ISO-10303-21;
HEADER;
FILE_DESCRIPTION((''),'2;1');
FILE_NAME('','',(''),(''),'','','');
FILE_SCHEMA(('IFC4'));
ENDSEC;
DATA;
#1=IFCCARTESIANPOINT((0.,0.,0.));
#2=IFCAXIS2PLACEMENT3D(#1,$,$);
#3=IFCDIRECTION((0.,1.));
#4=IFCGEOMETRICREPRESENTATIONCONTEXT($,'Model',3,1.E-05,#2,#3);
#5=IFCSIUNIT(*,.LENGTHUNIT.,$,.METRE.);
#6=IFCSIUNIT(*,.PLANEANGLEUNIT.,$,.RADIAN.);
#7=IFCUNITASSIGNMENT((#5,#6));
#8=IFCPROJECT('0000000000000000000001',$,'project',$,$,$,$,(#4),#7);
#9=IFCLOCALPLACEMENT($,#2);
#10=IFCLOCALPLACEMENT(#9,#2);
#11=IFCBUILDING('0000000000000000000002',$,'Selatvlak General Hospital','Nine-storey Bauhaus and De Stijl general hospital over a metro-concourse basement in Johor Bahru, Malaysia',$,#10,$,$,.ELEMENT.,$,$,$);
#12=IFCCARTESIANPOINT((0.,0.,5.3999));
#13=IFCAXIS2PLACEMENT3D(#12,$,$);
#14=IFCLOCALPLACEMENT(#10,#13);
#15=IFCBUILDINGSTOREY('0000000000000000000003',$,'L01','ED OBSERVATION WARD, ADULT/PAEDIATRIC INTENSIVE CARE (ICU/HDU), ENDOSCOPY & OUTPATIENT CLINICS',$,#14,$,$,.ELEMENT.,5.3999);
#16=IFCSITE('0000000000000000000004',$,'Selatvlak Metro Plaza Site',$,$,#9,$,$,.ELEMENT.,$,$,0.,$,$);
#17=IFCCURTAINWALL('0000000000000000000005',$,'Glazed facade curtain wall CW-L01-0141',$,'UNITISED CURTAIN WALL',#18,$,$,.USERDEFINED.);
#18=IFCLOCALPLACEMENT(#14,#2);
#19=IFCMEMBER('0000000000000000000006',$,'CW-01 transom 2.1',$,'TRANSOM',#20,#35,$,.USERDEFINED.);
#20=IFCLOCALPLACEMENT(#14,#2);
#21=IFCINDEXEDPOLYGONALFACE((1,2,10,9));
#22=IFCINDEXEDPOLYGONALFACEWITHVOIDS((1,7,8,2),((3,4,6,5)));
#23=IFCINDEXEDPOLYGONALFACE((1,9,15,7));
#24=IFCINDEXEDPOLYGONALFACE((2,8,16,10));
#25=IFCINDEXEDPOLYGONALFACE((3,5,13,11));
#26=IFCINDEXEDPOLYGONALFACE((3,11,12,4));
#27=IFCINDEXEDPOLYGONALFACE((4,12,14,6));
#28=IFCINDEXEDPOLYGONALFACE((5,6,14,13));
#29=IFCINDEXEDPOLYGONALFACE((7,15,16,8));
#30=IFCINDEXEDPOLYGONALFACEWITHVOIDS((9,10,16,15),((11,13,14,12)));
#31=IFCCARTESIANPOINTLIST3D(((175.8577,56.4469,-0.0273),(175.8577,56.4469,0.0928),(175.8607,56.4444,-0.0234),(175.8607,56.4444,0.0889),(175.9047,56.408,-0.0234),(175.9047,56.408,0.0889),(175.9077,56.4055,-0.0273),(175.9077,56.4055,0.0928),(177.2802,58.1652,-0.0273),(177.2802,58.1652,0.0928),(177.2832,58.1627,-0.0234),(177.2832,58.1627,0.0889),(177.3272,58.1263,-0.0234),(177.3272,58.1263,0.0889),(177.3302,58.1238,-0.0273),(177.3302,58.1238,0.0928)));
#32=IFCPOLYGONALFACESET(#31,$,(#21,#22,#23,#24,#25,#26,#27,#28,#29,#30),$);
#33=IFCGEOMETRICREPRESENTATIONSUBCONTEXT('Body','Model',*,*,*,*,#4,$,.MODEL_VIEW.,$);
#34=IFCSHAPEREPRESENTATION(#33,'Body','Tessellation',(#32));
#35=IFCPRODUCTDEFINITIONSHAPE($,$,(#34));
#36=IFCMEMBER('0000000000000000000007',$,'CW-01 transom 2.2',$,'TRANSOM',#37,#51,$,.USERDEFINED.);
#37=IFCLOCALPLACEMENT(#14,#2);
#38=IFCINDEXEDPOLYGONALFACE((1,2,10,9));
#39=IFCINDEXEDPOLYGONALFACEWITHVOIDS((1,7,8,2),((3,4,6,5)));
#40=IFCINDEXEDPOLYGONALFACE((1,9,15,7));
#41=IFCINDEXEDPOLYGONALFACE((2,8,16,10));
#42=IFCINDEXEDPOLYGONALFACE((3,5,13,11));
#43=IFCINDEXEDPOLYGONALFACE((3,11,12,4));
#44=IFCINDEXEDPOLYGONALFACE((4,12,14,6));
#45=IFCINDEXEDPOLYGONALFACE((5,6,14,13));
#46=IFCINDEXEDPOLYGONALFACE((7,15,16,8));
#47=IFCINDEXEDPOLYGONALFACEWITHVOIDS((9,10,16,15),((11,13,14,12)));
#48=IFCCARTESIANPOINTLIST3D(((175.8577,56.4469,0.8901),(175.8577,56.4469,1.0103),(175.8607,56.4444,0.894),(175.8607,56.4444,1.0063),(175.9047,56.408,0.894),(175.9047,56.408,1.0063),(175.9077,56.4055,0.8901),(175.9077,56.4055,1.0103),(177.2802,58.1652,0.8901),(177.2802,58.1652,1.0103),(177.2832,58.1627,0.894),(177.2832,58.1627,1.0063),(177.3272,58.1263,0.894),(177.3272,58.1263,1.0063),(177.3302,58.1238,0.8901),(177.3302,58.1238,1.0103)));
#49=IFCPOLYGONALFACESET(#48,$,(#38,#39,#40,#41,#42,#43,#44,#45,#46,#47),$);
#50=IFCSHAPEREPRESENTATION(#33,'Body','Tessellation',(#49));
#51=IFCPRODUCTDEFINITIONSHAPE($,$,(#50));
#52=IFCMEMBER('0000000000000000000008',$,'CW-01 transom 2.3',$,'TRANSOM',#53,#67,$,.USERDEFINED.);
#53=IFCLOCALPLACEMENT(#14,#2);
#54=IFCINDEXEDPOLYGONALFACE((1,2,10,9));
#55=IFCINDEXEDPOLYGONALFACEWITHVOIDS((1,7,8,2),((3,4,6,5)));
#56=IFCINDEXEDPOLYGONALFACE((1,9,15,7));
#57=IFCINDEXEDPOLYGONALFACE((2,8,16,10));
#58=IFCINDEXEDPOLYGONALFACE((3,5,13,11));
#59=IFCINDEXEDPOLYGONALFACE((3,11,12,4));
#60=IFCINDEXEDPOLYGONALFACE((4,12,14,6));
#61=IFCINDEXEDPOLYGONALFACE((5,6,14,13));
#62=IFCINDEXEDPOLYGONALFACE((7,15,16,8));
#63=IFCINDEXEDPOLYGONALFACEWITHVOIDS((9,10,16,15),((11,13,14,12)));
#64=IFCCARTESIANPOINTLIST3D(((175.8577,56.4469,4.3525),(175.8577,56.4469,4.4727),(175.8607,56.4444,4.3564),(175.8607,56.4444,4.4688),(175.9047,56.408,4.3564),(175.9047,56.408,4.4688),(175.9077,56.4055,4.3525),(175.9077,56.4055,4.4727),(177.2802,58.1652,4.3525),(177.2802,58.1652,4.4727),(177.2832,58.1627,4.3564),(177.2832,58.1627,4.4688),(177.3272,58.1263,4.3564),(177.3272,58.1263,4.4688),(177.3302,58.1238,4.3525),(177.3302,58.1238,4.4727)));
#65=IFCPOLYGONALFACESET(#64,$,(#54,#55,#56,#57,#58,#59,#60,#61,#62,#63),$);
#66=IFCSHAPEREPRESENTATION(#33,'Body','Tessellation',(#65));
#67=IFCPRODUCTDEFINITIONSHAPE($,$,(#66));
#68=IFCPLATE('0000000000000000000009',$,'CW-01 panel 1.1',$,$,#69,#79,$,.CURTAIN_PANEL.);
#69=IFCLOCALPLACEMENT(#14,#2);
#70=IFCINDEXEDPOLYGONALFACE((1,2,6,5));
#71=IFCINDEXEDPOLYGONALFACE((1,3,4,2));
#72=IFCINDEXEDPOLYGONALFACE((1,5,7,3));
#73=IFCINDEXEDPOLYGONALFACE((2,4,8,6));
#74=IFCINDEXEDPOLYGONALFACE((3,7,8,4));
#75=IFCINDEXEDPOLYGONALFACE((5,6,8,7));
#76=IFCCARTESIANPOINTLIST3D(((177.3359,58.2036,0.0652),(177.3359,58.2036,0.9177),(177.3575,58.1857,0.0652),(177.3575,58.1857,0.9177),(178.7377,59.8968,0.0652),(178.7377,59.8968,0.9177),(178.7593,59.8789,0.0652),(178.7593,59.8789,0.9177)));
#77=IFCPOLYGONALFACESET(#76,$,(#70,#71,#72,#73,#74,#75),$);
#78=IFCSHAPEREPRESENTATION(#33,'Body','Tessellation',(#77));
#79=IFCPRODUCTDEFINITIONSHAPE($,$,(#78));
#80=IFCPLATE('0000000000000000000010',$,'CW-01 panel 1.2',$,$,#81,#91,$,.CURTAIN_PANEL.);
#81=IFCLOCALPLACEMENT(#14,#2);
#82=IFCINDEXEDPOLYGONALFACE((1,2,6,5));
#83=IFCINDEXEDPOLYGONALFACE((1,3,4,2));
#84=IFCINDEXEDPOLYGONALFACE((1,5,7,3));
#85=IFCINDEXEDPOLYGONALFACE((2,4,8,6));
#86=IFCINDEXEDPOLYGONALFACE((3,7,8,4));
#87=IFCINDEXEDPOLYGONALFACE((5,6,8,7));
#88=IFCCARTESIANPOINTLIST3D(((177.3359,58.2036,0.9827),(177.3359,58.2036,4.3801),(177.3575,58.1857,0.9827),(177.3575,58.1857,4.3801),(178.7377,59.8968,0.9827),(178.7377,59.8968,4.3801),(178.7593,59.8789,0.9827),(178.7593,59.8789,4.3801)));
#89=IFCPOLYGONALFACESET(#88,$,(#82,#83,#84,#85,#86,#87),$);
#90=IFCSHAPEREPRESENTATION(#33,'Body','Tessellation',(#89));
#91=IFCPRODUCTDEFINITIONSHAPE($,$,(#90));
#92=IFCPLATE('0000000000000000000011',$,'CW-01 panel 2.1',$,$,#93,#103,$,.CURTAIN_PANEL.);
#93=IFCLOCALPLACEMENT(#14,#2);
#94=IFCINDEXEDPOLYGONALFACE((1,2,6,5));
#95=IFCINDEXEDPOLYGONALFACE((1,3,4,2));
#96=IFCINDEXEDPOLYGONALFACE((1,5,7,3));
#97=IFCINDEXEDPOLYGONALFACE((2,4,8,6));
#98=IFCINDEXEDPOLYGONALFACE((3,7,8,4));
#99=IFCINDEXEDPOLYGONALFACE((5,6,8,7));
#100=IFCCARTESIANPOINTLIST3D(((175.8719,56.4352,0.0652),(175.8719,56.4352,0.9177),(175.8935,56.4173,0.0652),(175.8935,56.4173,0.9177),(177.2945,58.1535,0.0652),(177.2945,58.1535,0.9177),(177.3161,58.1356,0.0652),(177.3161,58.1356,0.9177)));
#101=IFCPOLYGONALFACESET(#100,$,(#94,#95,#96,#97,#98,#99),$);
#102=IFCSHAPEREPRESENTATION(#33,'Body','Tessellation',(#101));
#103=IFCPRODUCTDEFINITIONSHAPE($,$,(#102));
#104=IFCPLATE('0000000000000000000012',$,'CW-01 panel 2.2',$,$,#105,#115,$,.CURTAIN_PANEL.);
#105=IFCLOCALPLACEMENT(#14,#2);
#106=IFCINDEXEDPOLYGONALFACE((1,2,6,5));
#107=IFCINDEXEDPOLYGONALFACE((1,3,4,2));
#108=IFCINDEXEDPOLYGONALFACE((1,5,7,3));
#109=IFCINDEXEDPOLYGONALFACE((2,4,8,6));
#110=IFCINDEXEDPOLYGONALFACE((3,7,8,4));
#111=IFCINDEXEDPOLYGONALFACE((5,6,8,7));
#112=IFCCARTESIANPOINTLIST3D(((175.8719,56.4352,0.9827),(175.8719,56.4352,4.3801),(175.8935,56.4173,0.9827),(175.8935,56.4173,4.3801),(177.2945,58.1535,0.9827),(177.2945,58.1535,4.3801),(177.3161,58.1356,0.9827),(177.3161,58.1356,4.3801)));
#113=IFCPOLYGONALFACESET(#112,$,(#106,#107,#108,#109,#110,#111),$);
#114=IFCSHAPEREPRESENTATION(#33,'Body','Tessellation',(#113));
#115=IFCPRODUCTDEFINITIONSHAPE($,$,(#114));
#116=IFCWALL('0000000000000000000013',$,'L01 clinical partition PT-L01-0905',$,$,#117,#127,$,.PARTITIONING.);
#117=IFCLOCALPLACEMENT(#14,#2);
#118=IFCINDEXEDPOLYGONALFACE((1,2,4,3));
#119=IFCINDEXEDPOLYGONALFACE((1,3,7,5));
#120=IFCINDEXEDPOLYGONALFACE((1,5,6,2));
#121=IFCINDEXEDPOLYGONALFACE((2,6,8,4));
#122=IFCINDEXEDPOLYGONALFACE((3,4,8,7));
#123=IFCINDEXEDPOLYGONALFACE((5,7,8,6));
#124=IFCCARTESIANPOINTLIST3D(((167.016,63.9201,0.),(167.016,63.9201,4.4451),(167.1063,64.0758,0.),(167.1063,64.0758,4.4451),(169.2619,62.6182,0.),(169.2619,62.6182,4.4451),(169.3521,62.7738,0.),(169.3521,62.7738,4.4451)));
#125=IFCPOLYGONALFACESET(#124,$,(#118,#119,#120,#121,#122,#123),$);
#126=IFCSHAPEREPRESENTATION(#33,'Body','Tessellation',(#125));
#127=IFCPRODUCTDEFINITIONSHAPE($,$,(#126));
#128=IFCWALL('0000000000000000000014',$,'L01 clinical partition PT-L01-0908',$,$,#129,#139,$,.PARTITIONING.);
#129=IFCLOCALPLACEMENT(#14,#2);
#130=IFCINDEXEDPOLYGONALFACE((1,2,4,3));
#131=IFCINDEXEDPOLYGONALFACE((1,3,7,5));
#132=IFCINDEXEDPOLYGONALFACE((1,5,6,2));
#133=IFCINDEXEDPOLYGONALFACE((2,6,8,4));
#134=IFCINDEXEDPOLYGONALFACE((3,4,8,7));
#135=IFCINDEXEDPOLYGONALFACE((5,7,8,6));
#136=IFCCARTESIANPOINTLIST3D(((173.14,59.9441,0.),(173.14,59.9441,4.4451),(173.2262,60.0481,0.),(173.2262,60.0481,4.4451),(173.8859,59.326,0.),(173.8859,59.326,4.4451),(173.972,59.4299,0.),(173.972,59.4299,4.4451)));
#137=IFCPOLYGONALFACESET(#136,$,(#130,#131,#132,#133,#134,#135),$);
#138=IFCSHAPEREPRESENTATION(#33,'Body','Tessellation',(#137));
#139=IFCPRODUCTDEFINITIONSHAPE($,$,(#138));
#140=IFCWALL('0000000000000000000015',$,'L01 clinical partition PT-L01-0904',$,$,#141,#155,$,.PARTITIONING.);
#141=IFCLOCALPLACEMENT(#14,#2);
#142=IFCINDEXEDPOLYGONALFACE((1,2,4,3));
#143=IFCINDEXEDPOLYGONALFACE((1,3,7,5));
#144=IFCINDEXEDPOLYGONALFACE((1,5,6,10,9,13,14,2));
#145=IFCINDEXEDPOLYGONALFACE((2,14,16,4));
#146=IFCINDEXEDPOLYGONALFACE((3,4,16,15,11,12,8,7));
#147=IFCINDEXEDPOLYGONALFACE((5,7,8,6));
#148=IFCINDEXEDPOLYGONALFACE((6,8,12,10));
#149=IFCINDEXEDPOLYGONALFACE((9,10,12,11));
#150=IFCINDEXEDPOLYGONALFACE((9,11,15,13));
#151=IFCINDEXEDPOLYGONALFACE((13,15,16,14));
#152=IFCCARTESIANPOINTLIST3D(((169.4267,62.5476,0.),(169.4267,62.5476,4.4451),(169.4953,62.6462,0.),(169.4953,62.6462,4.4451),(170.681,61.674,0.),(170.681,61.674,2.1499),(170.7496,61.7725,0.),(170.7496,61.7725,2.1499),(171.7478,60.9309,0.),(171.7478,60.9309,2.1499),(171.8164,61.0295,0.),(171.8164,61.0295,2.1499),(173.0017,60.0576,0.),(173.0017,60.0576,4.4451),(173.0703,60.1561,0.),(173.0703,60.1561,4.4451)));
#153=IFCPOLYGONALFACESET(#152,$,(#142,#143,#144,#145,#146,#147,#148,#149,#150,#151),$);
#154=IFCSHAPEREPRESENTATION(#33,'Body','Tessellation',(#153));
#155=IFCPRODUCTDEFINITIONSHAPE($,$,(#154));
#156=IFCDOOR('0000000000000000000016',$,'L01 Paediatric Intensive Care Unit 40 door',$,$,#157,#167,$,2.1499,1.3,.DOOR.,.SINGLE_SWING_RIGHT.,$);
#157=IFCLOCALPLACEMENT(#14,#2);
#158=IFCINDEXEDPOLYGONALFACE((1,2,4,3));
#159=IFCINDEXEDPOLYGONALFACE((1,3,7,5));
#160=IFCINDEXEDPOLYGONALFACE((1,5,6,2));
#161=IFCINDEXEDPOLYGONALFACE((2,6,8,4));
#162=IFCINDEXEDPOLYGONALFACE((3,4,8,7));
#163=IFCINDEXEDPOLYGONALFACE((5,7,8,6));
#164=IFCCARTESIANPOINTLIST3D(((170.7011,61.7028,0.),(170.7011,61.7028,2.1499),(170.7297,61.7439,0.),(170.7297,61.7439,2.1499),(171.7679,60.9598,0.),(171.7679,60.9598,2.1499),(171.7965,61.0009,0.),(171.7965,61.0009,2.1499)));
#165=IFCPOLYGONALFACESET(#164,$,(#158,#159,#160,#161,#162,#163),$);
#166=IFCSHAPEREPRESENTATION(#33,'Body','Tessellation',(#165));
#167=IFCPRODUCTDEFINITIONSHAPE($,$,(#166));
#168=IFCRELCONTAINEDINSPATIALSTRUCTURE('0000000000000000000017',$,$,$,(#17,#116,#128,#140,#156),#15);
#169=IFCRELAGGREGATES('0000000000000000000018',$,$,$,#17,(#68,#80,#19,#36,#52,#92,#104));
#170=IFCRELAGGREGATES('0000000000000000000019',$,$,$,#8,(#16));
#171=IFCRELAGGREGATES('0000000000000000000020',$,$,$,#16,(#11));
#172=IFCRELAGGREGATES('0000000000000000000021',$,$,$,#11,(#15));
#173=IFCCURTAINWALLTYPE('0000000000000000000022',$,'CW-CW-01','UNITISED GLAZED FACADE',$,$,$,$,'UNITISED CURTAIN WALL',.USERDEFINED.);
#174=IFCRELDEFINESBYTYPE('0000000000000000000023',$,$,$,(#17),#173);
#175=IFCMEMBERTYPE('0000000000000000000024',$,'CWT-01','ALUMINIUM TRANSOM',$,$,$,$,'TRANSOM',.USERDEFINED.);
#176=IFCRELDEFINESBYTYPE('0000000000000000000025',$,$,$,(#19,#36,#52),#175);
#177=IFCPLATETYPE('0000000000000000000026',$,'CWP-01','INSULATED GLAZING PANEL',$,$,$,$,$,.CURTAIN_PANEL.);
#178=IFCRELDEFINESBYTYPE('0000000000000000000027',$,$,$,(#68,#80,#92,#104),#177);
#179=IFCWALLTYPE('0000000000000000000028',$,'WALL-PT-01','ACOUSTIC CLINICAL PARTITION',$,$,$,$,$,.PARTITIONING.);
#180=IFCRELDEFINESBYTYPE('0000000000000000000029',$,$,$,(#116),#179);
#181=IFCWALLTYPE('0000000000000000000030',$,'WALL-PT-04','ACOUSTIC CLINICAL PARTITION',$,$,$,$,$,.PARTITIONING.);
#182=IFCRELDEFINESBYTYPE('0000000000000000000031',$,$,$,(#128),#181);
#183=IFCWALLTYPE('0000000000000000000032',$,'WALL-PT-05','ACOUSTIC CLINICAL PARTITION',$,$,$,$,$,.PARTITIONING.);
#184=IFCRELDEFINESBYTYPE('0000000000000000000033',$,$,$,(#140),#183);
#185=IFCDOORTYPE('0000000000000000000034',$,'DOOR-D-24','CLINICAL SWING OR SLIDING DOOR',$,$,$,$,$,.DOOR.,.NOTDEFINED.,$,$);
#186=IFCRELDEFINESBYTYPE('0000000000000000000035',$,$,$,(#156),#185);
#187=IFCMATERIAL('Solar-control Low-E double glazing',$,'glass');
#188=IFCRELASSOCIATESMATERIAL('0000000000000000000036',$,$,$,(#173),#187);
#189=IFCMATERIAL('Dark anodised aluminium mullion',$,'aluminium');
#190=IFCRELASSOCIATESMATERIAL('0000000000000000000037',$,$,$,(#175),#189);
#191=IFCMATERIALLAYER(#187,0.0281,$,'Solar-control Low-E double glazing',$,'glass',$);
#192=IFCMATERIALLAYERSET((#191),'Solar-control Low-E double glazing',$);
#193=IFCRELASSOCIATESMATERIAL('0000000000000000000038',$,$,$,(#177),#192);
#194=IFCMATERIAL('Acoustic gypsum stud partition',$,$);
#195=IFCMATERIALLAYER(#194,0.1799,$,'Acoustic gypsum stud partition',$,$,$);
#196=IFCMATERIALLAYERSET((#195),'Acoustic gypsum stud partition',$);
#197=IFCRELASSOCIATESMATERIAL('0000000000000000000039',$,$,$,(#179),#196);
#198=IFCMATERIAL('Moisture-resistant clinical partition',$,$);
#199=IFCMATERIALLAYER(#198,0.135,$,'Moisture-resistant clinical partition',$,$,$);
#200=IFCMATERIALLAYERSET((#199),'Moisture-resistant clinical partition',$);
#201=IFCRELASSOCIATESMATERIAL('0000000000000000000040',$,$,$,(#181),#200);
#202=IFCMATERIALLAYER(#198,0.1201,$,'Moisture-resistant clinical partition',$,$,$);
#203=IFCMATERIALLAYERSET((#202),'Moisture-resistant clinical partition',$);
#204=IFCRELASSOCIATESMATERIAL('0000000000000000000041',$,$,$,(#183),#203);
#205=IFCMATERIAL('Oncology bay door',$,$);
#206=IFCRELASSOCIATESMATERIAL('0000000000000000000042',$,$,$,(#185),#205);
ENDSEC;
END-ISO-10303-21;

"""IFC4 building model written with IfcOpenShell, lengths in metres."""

from ifc_helpers import new_model, si_unit, direction, frame, frame_2d, origin, origin_2d, place, context, subcontext, project, spatial, rectangle, hollow_rectangle, extrude, material, layer, layer_set, material_profile, profile_set, type_object, element, fill, aggregate, save


model = new_model("IFC4")

# Units and contexts
model_context = context("Model", 3, precision=1e-05, world=origin(), true_north=direction((0.0, 1.0)))
body_context = subcontext(model_context, "Body", "Model", "MODEL_VIEW")
ifc_project = project(units=[si_unit("LENGTHUNIT", "METRE"), si_unit("PLANEANGLEUNIT", "RADIAN")], contexts=[model_context])

# Site, building, storey
site_placement = place(None, origin())
site = spatial("IfcSite", under=ifc_project, at=site_placement, Name="Selatvlak Metro Plaza Site", CompositionType="ELEMENT", RefElevation=0.0)
building_placement = place(site_placement, origin())
building = spatial("IfcBuilding", under=site, at=building_placement, Name="Selatvlak General Hospital", Description="Nine-storey Bauhaus and De Stijl general hospital over a metro-concourse basement in Johor Bahru, Malaysia", CompositionType="ELEMENT")
storey_placement = place(building_placement, frame((0.0, 0.0, 5.3999)))
storey = spatial("IfcBuildingStorey", under=building, at=storey_placement, Name="L01", Description="ED OBSERVATION WARD, ADULT/PAEDIATRIC INTENSIVE CARE (ICU/HDU), ENDOSCOPY & OUTPATIENT CLINICS", CompositionType="ELEMENT", Elevation=5.3999)

# Curtain wall, members, plates
ifc_material_1 = material(Name="Solar-control Low-E double glazing", Category="glass")
curtain_wall_type = type_object("IfcCurtainWallType", Name="CW-CW-01", Description="UNITISED GLAZED FACADE", ElementType="UNITISED CURTAIN WALL", PredefinedType="USERDEFINED", material=ifc_material_1)
curtain_wall_placement = place(storey_placement, origin())
curtain_wall = element("IfcCurtainWall", 1, at=curtain_wall_placement, inside=storey, type_object=curtain_wall_type, Name="Glazed facade curtain wall CW-L01-0141", ObjectType="UNITISED CURTAIN WALL", PredefinedType="USERDEFINED")
ifc_material_2 = material(Name="Dark anodised aluminium mullion", Category="aluminium")
ifc_material_profile_1 = material_profile(ifc_material_2, hollow_rectangle(XDim=0.0649, YDim=0.1201, WallThickness=0.0039, at=origin_2d()), Name="AL-TRN 65x120x4")
ifc_profile_set_1 = profile_set([ifc_material_profile_1], Name="Dark anodised aluminium mullion")
member_type_1 = type_object("IfcMemberType", Name="CWT-01", Description="ALUMINIUM TRANSOM", ElementType="TRANSOM", PredefinedType="USERDEFINED", material=ifc_profile_set_1)
member_1_placement = place(storey_placement, frame((177.3052, 58.1445, 0.0327), z_axis=(-0.637662, -0.770316, 0.0), x_axis=(0.770316, -0.637662, 0.0)))
member_1 = element("IfcMember", 2, at=member_1_placement, type_object=member_type_1, Name="CW-01 transom 2.1", ObjectType="TRANSOM", PredefinedType="USERDEFINED", context=body_context, shape_type="SweptSolid", body=[
    extrude(hollow_rectangle(XDim=0.0649, YDim=0.1201, WallThickness=0.0039, at=origin_2d()), origin(), (0.0, 0.0, 1.0), 2.2307),
])
member_2_placement = place(storey_placement, frame((177.3052, 58.1445, 0.9502), z_axis=(-0.637662, -0.770316, 0.0), x_axis=(0.770316, -0.637662, 0.0)))
member_2 = element("IfcMember", 3, at=member_2_placement, type_object=member_type_1, Name="CW-01 transom 2.2", ObjectType="TRANSOM", PredefinedType="USERDEFINED", context=body_context, shape_type="SweptSolid", body=[
    extrude(hollow_rectangle(XDim=0.0649, YDim=0.1201, WallThickness=0.0039, at=origin_2d()), origin(), (0.0, 0.0, 1.0), 2.2307),
])
member_3_placement = place(storey_placement, frame((177.3052, 58.1445, 4.4126), z_axis=(-0.637662, -0.770316, 0.0), x_axis=(0.770316, -0.637662, 0.0)))
member_3 = element("IfcMember", 4, at=member_3_placement, type_object=member_type_1, Name="CW-01 transom 2.3", ObjectType="TRANSOM", PredefinedType="USERDEFINED", context=body_context, shape_type="SweptSolid", body=[
    extrude(hollow_rectangle(XDim=0.0649, YDim=0.1201, WallThickness=0.0039, at=origin_2d()), origin(), (0.0, 0.0, 1.0), 2.2307),
])
ifc_layer_1 = layer(ifc_material_1, 0.0281, Name="Solar-control Low-E double glazing", Category="glass")
ifc_layer_set_1 = layer_set([ifc_layer_1], Name="Solar-control Low-E double glazing")
plate_type = type_object("IfcPlateType", Name="CWP-01", Description="INSULATED GLAZING PANEL", PredefinedType="CURTAIN_PANEL", material=ifc_layer_set_1)
plate_1_placement = place(storey_placement, frame((178.0476, 59.0413, 0.0652), z_axis=(0.0, 0.0, 1.0), x_axis=(-0.63771, -0.770276, 0.0)))
plate_1 = element("IfcPlate", 5, at=plate_1_placement, type_object=plate_type, Name="CW-01 panel 1.1", PredefinedType="CURTAIN_PANEL", context=body_context, shape_type="SweptSolid", body=[
    extrude(rectangle(XDim=2.1982, YDim=0.0281, at=origin_2d()), origin(), (0.0, 0.0, 1.0), 0.8525),
])
plate_2_placement = place(storey_placement, frame((178.0476, 59.0413, 0.9827), z_axis=(0.0, 0.0, 1.0), x_axis=(-0.63771, -0.770276, 0.0)))
plate_2 = element("IfcPlate", 6, at=plate_2_placement, type_object=plate_type, Name="CW-01 panel 1.2", PredefinedType="CURTAIN_PANEL", context=body_context, shape_type="SweptSolid", body=[
    extrude(rectangle(XDim=2.1982, YDim=0.0281, at=origin_2d()), origin(), (0.0, 0.0, 1.0), 3.3975),
])
plate_3_placement = place(storey_placement, frame((176.594, 57.2854, 0.0652), z_axis=(0.0, 0.0, 1.0), x_axis=(-0.63771, -0.770276, 0.0)))
plate_3 = element("IfcPlate", 7, at=plate_3_placement, type_object=plate_type, Name="CW-01 panel 2.1", PredefinedType="CURTAIN_PANEL", context=body_context, shape_type="SweptSolid", body=[
    extrude(rectangle(XDim=2.2307, YDim=0.0281, at=origin_2d()), origin(), (0.0, 0.0, 1.0), 0.8525),
])
plate_4_placement = place(storey_placement, frame((176.594, 57.2854, 0.9827), z_axis=(0.0, 0.0, 1.0), x_axis=(-0.63771, -0.770276, 0.0)))
plate_4 = element("IfcPlate", 8, at=plate_4_placement, type_object=plate_type, Name="CW-01 panel 2.2", PredefinedType="CURTAIN_PANEL", context=body_context, shape_type="SweptSolid", body=[
    extrude(rectangle(XDim=2.2307, YDim=0.0281, at=origin_2d()), origin(), (0.0, 0.0, 1.0), 3.3975),
])
aggregate(curtain_wall, [plate_1, plate_2, member_1, member_2, member_3, plate_3, plate_4])

# Wall
ifc_material_3 = material(Name="Acoustic gypsum stud partition")
ifc_layer_2 = layer(ifc_material_3, 0.1799, Name="Acoustic gypsum stud partition")
ifc_layer_set_2 = layer_set([ifc_layer_2], Name="Acoustic gypsum stud partition")
wall_type_1 = type_object("IfcWallType", Name="WALL-PT-01", Description="ACOUSTIC CLINICAL PARTITION", PredefinedType="PARTITIONING", material=ifc_layer_set_2)
wall_1_placement = place(storey_placement, frame((169.3069, 62.696, 0.0), z_axis=(0.0, 0.0, 1.0), x_axis=(-0.86513, 0.501548, 0.0)))
element("IfcWall", 9, at=wall_1_placement, inside=storey, type_object=wall_type_1, Name="L01 clinical partition PT-L01-0905", PredefinedType="PARTITIONING", context=body_context, shape_type="SweptSolid", body=[
    extrude(rectangle(XDim=2.5959, YDim=0.1799, at=frame_2d((1.2979, 0.0))), origin(), (0.0, 0.0, 1.0), 4.4451),
])

# Shared definitions
ifc_material_4 = material(Name="Moisture-resistant clinical partition")
ifc_layer_3 = layer(ifc_material_4, 0.135, Name="Moisture-resistant clinical partition")
ifc_layer_set_3 = layer_set([ifc_layer_3], Name="Moisture-resistant clinical partition")
wall_type_2 = type_object("IfcWallType", Name="WALL-PT-04", Description="ACOUSTIC CLINICAL PARTITION", PredefinedType="PARTITIONING", material=ifc_layer_set_3)

# Wall
wall_2_placement = place(storey_placement, frame((173.929, 59.3779, 0.0), z_axis=(0.0, 0.0, 1.0), x_axis=(-0.769933, 0.638125, 0.0)))
element("IfcWall", 10, at=wall_2_placement, inside=storey, type_object=wall_type_2, Name="L01 clinical partition PT-L01-0908", PredefinedType="PARTITIONING", context=body_context, shape_type="SweptSolid", body=[
    extrude(rectangle(XDim=0.9688, YDim=0.135, at=frame_2d((0.4844, 0.0))), origin(), (0.0, 0.0, 1.0), 4.4451),
])

# Wall, opening, door
ifc_layer_4 = layer(ifc_material_4, 0.1201, Name="Moisture-resistant clinical partition")
ifc_layer_set_4 = layer_set([ifc_layer_4], Name="Moisture-resistant clinical partition")
wall_type_3 = type_object("IfcWallType", Name="WALL-PT-05", Description="ACOUSTIC CLINICAL PARTITION", PredefinedType="PARTITIONING", material=ifc_layer_set_4)
wall_3_placement = place(storey_placement, frame((173.0359, 60.1069, 0.0), z_axis=(0.0, 0.0, 1.0), x_axis=(-0.820575, 0.571539, 0.0)))
wall_3 = element("IfcWall", 11, at=wall_3_placement, inside=storey, type_object=wall_type_3, Name="L01 clinical partition PT-L01-0904", PredefinedType="PARTITIONING", context=body_context, shape_type="SweptSolid", body=[
    extrude(rectangle(XDim=4.3567, YDim=0.1201, at=frame_2d((2.1782, 0.0))), origin(), (0.0, 0.0, 1.0), 4.4451),
])
opening_1_placement = place(wall_3_placement, frame((1.5281, 0.0, 0.0)))
opening_1 = element("IfcOpeningElement", 12, at=opening_1_placement, cuts=wall_3, PredefinedType="OPENING", context=body_context, shape_type="SweptSolid", body=[
    extrude(rectangle(XDim=1.3, YDim=2.1499, at=frame_2d((0.6499, 1.075))), frame((0.0, 0.0701, 0.0), z_axis=(0.0, -1.0, 0.0), x_axis=(1.0, 0.0, 0.0)), (0.0, 0.0, 1.0), 0.1401),
])
ifc_material_5 = material(Name="Oncology bay door")
door_type_1 = type_object("IfcDoorType", Name="DOOR-D-24", Description="CLINICAL SWING OR SLIDING DOOR", OperationType="NOTDEFINED", PredefinedType="DOOR", material=ifc_material_5)
door_1_placement = place(opening_1_placement, origin())
door_1 = element("IfcDoor", 13, at=door_1_placement, inside=storey, type_object=door_type_1, Name="L01 Paediatric Intensive Care Unit 40 door", OperationType="SINGLE_SWING_RIGHT", OverallHeight=2.1499, OverallWidth=1.3, PredefinedType="DOOR", context=body_context, shape_type="SweptSolid", body=[
    extrude(rectangle(XDim=1.3, YDim=2.1499, at=frame_2d((0.6499, 1.075))), frame((0.0, 0.0249, 0.0), z_axis=(0.0, -1.0, 0.0), x_axis=(1.0, 0.0, 0.0)), (0.0, 0.0, 1.0), 0.05),
])
fill(opening_1, door_1)

save(model, "model.ifc")
